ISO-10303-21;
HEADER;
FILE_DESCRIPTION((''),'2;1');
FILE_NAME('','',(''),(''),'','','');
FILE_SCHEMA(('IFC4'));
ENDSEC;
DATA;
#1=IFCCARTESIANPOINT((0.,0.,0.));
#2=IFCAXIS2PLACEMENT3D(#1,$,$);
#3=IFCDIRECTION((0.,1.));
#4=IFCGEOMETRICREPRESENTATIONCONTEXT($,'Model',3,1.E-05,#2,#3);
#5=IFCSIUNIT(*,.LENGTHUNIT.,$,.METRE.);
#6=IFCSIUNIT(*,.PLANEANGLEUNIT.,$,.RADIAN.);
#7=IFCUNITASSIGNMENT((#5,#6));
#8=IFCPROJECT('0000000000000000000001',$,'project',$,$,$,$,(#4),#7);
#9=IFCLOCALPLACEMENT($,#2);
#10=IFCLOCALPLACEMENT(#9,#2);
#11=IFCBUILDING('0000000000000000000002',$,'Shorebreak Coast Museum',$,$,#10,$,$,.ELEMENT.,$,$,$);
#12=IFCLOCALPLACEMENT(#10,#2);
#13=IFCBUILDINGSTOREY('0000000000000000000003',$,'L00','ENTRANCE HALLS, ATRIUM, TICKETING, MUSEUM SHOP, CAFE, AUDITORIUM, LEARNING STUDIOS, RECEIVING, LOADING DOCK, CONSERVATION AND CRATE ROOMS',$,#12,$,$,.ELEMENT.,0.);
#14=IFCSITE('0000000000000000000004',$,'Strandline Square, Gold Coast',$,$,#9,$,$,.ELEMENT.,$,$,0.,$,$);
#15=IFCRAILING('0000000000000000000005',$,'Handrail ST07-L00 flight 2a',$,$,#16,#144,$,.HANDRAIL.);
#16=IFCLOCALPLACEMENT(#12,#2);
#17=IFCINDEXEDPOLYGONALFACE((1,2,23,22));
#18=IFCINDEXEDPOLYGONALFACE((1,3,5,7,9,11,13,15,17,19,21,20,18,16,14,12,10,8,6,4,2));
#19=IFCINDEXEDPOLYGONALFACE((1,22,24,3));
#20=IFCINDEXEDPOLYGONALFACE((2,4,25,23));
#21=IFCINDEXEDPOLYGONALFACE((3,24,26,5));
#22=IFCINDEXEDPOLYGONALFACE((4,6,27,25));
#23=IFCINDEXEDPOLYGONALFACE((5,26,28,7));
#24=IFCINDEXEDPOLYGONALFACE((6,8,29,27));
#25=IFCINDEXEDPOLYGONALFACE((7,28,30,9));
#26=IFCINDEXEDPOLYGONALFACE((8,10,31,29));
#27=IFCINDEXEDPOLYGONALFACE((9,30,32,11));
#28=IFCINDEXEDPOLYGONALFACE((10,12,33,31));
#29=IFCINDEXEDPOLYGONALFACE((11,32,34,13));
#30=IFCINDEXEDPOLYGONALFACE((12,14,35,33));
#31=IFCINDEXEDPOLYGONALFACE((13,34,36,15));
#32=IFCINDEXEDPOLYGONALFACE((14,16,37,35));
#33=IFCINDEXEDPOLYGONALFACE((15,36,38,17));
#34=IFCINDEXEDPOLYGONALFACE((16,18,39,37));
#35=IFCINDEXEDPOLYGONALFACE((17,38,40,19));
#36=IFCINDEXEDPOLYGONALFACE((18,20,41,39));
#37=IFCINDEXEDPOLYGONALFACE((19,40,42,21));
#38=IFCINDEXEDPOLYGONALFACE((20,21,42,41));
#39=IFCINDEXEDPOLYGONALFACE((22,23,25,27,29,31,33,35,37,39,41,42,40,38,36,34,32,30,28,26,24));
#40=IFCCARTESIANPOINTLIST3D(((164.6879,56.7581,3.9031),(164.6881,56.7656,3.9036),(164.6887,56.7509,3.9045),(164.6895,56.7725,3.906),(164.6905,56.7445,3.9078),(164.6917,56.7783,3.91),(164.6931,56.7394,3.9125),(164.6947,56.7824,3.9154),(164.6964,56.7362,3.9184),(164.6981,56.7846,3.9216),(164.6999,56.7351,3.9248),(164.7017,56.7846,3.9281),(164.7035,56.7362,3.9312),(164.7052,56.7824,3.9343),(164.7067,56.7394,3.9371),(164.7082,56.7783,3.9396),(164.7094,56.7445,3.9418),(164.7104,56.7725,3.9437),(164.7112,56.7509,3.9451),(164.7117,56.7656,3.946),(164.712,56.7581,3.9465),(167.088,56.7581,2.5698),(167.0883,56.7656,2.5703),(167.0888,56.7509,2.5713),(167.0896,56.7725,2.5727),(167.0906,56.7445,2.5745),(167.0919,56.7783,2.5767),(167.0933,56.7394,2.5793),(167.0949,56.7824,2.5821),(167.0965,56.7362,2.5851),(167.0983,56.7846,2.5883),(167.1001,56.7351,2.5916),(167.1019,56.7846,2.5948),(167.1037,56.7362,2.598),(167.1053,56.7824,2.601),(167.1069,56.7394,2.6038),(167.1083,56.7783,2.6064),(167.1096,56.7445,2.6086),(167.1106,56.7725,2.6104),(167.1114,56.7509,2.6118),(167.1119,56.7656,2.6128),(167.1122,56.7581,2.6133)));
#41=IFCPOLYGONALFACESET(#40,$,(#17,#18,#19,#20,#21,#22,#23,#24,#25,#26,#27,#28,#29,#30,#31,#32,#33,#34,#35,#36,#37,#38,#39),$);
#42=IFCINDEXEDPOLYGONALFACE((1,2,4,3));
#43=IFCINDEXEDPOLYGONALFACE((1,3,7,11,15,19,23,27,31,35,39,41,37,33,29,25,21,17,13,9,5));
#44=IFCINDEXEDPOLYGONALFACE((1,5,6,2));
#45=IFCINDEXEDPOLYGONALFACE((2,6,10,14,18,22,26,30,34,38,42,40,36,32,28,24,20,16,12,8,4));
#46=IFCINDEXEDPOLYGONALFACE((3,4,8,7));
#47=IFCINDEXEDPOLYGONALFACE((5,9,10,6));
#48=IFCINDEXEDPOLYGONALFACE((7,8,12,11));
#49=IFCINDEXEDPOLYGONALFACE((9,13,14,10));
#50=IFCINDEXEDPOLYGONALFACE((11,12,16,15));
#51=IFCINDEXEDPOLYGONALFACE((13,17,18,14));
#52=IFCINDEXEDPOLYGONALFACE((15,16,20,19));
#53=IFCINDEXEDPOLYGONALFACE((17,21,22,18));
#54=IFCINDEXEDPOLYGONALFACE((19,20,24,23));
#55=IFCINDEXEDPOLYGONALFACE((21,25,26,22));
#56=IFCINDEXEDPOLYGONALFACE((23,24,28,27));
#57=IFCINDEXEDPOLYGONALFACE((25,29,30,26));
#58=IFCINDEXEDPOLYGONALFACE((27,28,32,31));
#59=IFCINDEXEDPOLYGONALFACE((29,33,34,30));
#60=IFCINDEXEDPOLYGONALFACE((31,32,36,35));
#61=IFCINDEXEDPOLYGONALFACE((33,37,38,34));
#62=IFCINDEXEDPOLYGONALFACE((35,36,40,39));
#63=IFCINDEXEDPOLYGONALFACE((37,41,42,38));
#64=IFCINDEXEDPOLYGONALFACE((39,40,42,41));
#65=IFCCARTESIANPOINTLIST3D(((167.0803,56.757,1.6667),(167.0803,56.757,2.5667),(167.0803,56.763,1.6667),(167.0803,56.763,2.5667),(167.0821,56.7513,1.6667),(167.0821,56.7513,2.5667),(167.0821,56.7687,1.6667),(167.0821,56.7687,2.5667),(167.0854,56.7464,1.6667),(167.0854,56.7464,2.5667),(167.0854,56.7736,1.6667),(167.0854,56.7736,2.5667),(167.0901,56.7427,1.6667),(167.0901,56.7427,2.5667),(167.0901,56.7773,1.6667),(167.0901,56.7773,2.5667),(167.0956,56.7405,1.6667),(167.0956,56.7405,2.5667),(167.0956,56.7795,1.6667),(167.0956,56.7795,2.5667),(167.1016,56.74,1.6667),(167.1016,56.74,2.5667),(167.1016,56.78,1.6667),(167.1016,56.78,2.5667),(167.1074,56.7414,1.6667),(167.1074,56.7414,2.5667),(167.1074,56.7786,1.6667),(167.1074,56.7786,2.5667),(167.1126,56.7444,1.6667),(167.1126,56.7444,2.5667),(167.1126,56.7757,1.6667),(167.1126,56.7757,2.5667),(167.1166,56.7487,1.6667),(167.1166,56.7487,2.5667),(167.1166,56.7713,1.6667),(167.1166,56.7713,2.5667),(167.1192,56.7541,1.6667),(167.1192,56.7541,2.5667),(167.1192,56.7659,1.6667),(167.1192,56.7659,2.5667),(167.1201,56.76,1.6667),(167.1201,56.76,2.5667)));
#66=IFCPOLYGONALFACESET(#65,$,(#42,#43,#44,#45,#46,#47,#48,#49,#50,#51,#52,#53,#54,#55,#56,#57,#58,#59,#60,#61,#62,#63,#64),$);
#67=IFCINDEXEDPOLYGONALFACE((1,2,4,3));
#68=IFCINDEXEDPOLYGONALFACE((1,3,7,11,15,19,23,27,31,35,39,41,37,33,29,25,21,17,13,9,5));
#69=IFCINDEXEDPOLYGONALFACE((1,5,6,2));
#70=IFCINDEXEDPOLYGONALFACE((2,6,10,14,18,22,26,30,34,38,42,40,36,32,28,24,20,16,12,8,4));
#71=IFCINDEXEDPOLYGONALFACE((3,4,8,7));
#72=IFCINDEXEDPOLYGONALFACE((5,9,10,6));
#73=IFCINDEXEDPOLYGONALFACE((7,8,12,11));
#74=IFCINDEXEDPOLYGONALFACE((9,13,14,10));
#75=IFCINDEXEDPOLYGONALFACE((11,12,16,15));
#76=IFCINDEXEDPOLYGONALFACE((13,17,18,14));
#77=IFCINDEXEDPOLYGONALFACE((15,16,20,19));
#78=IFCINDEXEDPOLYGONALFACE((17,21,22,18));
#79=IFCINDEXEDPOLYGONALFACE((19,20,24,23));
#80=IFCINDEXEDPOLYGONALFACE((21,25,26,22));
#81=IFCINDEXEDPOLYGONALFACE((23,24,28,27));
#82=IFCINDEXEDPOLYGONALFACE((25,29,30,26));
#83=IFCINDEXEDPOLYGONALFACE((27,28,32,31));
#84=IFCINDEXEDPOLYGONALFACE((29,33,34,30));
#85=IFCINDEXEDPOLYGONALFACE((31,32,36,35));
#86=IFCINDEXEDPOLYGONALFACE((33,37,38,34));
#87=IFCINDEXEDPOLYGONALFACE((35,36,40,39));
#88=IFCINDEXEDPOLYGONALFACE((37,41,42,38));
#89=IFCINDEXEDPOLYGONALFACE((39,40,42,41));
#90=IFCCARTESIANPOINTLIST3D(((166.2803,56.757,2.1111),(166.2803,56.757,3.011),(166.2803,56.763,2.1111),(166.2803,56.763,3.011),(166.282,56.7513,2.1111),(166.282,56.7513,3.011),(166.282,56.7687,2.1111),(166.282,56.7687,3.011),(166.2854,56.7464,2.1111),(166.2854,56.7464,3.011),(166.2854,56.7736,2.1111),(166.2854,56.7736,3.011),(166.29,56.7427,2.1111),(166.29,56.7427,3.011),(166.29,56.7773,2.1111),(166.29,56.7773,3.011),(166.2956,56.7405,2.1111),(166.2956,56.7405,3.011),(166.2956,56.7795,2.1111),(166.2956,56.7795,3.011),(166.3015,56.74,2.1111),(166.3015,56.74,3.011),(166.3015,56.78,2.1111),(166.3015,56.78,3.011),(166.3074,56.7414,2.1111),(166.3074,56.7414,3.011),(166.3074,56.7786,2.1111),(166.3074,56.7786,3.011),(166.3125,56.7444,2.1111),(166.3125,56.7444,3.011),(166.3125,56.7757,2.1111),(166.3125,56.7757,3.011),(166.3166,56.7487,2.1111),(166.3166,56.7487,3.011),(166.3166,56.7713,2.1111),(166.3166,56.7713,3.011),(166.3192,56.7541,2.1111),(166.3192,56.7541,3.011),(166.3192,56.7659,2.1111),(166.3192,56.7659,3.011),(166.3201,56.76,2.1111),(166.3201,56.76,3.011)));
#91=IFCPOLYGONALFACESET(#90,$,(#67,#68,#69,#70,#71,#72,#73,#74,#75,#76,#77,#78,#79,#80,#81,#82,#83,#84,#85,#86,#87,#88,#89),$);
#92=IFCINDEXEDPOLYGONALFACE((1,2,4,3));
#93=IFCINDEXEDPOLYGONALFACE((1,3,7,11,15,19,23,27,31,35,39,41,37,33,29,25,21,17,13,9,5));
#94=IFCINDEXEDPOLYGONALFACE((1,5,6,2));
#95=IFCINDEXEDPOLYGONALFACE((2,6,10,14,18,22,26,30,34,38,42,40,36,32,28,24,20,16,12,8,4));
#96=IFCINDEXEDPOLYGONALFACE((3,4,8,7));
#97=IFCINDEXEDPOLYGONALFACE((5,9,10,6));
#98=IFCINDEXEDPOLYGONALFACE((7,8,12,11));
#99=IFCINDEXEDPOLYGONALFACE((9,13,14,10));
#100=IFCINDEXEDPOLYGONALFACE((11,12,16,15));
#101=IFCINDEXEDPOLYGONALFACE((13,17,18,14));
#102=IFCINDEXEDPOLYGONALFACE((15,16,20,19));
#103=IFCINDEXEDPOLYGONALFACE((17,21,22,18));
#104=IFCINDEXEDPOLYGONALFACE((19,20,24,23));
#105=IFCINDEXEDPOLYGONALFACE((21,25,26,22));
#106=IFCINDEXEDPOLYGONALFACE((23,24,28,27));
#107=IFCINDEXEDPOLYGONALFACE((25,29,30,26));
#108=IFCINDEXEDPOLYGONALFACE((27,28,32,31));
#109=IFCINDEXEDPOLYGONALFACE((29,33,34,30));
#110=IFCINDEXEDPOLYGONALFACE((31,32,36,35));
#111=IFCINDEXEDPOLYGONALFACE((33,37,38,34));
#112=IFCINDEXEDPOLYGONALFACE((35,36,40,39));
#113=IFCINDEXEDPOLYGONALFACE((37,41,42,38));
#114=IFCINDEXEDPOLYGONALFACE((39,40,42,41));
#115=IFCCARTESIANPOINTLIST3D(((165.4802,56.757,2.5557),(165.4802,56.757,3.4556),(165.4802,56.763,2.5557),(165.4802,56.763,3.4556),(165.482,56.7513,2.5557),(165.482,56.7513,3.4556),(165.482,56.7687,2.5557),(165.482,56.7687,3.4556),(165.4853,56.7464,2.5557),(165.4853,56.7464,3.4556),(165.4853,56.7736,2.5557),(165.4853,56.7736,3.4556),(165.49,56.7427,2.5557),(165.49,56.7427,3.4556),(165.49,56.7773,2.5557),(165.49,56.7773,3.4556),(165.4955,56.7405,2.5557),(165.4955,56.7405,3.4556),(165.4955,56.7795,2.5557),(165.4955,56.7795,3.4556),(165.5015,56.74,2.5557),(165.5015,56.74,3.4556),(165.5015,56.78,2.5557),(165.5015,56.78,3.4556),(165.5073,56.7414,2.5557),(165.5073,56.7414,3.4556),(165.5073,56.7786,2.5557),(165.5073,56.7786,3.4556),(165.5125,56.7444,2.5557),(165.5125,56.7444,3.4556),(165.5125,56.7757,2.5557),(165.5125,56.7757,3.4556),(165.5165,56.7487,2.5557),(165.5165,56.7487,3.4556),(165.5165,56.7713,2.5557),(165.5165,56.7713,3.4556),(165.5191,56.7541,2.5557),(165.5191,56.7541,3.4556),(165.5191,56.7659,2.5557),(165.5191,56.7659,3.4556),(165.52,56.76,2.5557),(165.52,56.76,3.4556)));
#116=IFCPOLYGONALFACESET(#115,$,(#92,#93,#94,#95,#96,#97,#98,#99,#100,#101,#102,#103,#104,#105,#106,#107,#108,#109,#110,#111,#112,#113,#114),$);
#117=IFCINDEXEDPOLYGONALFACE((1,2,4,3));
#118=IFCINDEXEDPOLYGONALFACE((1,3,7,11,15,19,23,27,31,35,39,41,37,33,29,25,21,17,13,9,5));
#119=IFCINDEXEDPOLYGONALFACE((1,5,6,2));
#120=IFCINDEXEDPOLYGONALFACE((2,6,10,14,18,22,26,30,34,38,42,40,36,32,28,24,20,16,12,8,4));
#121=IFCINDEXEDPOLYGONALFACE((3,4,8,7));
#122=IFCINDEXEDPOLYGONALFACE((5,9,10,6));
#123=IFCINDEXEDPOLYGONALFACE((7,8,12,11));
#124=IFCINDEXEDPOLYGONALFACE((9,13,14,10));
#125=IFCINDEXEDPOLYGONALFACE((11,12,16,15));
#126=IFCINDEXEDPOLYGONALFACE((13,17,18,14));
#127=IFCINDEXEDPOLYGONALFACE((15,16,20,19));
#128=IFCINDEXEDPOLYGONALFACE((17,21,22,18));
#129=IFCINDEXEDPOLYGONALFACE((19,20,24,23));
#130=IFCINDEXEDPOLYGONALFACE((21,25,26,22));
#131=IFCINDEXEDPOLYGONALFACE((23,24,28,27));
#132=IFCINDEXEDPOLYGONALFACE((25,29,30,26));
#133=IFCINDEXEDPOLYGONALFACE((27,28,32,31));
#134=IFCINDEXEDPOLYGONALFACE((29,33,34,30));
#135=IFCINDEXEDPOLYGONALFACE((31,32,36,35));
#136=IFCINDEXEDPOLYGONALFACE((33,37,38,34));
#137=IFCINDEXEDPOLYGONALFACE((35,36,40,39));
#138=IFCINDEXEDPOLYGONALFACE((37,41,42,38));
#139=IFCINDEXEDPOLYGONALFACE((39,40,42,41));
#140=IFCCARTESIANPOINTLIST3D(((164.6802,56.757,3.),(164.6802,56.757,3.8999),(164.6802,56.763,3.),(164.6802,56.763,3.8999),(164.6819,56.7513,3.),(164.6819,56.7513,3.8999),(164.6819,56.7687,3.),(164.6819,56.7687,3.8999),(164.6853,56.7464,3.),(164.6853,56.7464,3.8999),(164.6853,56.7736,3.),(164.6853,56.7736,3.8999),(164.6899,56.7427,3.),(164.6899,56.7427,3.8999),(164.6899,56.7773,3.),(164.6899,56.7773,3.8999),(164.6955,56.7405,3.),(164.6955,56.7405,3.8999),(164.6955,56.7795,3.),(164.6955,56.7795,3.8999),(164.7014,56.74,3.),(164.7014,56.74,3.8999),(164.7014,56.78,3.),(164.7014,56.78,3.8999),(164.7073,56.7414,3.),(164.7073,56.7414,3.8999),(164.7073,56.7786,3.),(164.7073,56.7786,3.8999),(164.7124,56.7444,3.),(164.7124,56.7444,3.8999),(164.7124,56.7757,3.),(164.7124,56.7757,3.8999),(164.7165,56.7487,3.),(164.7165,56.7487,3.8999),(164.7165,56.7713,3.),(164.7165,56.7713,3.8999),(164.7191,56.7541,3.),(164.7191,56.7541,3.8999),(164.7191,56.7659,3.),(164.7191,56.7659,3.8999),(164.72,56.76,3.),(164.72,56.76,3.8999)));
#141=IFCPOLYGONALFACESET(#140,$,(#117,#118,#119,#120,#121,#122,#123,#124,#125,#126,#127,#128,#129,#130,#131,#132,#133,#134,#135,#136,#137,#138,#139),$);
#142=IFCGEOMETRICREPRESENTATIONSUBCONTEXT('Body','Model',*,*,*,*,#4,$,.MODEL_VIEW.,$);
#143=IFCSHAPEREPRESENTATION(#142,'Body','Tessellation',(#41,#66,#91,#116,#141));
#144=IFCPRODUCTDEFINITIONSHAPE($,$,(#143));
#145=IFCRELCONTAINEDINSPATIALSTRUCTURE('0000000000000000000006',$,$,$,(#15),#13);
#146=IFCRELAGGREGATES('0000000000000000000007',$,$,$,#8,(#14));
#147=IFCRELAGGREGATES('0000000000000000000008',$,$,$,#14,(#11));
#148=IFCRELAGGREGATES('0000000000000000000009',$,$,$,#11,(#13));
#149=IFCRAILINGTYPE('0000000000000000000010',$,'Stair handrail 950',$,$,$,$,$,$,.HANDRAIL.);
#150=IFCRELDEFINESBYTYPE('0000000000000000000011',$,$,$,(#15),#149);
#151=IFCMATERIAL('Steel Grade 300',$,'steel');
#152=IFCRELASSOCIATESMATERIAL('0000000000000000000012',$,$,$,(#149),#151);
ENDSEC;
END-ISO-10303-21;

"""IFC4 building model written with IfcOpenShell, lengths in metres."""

from ifc_helpers import new_model, si_unit, direction, frame, origin, origin_2d, place, context, subcontext, project, spatial, circle, extrude, material, type_object, element, save


model = new_model("IFC4")

# Units and contexts
model_context = context("Model", 3, precision=1e-05, world=origin(), true_north=direction((0.0, 1.0)))
body_context = subcontext(model_context, "Body", "Model", "MODEL_VIEW")
ifc_project = project(units=[si_unit("LENGTHUNIT", "METRE"), si_unit("PLANEANGLEUNIT", "RADIAN")], contexts=[model_context])

# Site, building, storey
site_placement = place(None, origin())
site = spatial("IfcSite", under=ifc_project, at=site_placement, Name="Strandline Square, Gold Coast", CompositionType="ELEMENT", RefElevation=0.0)
building_placement = place(site_placement, origin())
building = spatial("IfcBuilding", under=site, at=building_placement, Name="Shorebreak Coast Museum", CompositionType="ELEMENT")
storey_placement = place(building_placement, origin())
storey = spatial("IfcBuildingStorey", under=building, at=storey_placement, Name="L00", Description="ENTRANCE HALLS, ATRIUM, TICKETING, MUSEUM SHOP, CAFE, AUDITORIUM, LEARNING STUDIOS, RECEIVING, LOADING DOCK, CONSERVATION AND CRATE ROOMS", CompositionType="ELEMENT", Elevation=0.0)

# Railing
ifc_material_1 = material(Name="Steel Grade 300", Category="steel")
railing_type_1 = type_object("IfcRailingType", Name="Stair handrail 950", PredefinedType="HANDRAIL", material=ifc_material_1)
railing_1_placement = place(storey_placement, frame((167.1001, 56.76, 1.6667)))
element("IfcRailing", 1, at=railing_1_placement, inside=storey, type_object=railing_type_1, Name="Handrail ST07-L00 flight 2a", PredefinedType="HANDRAIL", context=body_context, shape_type="SweptSolid", body=[
    extrude(circle(Radius=0.0249, at=origin_2d()), frame((0.0, 0.0, 0.9248), z_axis=(-0.874182, 0.0, 0.485598), x_axis=(0.0, -1.0, 0.0)), (0.0, 0.0, 1.0), 2.7456),
    extrude(circle(Radius=0.02, at=origin_2d()), origin(), (0.0, 0.0, 1.0), 0.8999),
    extrude(circle(Radius=0.02, at=origin_2d()), frame((-0.8, 0.0, 0.4443)), (0.0, 0.0, 1.0), 0.8999),
    extrude(circle(Radius=0.02, at=origin_2d()), frame((-1.6001, 0.0, 0.8889)), (0.0, 0.0, 1.0), 0.8999),
    extrude(circle(Radius=0.02, at=origin_2d()), frame((-2.4001, 0.0, 1.3333)), (0.0, 0.0, 1.0), 0.8999),
])

save(model, "model.ifc")
